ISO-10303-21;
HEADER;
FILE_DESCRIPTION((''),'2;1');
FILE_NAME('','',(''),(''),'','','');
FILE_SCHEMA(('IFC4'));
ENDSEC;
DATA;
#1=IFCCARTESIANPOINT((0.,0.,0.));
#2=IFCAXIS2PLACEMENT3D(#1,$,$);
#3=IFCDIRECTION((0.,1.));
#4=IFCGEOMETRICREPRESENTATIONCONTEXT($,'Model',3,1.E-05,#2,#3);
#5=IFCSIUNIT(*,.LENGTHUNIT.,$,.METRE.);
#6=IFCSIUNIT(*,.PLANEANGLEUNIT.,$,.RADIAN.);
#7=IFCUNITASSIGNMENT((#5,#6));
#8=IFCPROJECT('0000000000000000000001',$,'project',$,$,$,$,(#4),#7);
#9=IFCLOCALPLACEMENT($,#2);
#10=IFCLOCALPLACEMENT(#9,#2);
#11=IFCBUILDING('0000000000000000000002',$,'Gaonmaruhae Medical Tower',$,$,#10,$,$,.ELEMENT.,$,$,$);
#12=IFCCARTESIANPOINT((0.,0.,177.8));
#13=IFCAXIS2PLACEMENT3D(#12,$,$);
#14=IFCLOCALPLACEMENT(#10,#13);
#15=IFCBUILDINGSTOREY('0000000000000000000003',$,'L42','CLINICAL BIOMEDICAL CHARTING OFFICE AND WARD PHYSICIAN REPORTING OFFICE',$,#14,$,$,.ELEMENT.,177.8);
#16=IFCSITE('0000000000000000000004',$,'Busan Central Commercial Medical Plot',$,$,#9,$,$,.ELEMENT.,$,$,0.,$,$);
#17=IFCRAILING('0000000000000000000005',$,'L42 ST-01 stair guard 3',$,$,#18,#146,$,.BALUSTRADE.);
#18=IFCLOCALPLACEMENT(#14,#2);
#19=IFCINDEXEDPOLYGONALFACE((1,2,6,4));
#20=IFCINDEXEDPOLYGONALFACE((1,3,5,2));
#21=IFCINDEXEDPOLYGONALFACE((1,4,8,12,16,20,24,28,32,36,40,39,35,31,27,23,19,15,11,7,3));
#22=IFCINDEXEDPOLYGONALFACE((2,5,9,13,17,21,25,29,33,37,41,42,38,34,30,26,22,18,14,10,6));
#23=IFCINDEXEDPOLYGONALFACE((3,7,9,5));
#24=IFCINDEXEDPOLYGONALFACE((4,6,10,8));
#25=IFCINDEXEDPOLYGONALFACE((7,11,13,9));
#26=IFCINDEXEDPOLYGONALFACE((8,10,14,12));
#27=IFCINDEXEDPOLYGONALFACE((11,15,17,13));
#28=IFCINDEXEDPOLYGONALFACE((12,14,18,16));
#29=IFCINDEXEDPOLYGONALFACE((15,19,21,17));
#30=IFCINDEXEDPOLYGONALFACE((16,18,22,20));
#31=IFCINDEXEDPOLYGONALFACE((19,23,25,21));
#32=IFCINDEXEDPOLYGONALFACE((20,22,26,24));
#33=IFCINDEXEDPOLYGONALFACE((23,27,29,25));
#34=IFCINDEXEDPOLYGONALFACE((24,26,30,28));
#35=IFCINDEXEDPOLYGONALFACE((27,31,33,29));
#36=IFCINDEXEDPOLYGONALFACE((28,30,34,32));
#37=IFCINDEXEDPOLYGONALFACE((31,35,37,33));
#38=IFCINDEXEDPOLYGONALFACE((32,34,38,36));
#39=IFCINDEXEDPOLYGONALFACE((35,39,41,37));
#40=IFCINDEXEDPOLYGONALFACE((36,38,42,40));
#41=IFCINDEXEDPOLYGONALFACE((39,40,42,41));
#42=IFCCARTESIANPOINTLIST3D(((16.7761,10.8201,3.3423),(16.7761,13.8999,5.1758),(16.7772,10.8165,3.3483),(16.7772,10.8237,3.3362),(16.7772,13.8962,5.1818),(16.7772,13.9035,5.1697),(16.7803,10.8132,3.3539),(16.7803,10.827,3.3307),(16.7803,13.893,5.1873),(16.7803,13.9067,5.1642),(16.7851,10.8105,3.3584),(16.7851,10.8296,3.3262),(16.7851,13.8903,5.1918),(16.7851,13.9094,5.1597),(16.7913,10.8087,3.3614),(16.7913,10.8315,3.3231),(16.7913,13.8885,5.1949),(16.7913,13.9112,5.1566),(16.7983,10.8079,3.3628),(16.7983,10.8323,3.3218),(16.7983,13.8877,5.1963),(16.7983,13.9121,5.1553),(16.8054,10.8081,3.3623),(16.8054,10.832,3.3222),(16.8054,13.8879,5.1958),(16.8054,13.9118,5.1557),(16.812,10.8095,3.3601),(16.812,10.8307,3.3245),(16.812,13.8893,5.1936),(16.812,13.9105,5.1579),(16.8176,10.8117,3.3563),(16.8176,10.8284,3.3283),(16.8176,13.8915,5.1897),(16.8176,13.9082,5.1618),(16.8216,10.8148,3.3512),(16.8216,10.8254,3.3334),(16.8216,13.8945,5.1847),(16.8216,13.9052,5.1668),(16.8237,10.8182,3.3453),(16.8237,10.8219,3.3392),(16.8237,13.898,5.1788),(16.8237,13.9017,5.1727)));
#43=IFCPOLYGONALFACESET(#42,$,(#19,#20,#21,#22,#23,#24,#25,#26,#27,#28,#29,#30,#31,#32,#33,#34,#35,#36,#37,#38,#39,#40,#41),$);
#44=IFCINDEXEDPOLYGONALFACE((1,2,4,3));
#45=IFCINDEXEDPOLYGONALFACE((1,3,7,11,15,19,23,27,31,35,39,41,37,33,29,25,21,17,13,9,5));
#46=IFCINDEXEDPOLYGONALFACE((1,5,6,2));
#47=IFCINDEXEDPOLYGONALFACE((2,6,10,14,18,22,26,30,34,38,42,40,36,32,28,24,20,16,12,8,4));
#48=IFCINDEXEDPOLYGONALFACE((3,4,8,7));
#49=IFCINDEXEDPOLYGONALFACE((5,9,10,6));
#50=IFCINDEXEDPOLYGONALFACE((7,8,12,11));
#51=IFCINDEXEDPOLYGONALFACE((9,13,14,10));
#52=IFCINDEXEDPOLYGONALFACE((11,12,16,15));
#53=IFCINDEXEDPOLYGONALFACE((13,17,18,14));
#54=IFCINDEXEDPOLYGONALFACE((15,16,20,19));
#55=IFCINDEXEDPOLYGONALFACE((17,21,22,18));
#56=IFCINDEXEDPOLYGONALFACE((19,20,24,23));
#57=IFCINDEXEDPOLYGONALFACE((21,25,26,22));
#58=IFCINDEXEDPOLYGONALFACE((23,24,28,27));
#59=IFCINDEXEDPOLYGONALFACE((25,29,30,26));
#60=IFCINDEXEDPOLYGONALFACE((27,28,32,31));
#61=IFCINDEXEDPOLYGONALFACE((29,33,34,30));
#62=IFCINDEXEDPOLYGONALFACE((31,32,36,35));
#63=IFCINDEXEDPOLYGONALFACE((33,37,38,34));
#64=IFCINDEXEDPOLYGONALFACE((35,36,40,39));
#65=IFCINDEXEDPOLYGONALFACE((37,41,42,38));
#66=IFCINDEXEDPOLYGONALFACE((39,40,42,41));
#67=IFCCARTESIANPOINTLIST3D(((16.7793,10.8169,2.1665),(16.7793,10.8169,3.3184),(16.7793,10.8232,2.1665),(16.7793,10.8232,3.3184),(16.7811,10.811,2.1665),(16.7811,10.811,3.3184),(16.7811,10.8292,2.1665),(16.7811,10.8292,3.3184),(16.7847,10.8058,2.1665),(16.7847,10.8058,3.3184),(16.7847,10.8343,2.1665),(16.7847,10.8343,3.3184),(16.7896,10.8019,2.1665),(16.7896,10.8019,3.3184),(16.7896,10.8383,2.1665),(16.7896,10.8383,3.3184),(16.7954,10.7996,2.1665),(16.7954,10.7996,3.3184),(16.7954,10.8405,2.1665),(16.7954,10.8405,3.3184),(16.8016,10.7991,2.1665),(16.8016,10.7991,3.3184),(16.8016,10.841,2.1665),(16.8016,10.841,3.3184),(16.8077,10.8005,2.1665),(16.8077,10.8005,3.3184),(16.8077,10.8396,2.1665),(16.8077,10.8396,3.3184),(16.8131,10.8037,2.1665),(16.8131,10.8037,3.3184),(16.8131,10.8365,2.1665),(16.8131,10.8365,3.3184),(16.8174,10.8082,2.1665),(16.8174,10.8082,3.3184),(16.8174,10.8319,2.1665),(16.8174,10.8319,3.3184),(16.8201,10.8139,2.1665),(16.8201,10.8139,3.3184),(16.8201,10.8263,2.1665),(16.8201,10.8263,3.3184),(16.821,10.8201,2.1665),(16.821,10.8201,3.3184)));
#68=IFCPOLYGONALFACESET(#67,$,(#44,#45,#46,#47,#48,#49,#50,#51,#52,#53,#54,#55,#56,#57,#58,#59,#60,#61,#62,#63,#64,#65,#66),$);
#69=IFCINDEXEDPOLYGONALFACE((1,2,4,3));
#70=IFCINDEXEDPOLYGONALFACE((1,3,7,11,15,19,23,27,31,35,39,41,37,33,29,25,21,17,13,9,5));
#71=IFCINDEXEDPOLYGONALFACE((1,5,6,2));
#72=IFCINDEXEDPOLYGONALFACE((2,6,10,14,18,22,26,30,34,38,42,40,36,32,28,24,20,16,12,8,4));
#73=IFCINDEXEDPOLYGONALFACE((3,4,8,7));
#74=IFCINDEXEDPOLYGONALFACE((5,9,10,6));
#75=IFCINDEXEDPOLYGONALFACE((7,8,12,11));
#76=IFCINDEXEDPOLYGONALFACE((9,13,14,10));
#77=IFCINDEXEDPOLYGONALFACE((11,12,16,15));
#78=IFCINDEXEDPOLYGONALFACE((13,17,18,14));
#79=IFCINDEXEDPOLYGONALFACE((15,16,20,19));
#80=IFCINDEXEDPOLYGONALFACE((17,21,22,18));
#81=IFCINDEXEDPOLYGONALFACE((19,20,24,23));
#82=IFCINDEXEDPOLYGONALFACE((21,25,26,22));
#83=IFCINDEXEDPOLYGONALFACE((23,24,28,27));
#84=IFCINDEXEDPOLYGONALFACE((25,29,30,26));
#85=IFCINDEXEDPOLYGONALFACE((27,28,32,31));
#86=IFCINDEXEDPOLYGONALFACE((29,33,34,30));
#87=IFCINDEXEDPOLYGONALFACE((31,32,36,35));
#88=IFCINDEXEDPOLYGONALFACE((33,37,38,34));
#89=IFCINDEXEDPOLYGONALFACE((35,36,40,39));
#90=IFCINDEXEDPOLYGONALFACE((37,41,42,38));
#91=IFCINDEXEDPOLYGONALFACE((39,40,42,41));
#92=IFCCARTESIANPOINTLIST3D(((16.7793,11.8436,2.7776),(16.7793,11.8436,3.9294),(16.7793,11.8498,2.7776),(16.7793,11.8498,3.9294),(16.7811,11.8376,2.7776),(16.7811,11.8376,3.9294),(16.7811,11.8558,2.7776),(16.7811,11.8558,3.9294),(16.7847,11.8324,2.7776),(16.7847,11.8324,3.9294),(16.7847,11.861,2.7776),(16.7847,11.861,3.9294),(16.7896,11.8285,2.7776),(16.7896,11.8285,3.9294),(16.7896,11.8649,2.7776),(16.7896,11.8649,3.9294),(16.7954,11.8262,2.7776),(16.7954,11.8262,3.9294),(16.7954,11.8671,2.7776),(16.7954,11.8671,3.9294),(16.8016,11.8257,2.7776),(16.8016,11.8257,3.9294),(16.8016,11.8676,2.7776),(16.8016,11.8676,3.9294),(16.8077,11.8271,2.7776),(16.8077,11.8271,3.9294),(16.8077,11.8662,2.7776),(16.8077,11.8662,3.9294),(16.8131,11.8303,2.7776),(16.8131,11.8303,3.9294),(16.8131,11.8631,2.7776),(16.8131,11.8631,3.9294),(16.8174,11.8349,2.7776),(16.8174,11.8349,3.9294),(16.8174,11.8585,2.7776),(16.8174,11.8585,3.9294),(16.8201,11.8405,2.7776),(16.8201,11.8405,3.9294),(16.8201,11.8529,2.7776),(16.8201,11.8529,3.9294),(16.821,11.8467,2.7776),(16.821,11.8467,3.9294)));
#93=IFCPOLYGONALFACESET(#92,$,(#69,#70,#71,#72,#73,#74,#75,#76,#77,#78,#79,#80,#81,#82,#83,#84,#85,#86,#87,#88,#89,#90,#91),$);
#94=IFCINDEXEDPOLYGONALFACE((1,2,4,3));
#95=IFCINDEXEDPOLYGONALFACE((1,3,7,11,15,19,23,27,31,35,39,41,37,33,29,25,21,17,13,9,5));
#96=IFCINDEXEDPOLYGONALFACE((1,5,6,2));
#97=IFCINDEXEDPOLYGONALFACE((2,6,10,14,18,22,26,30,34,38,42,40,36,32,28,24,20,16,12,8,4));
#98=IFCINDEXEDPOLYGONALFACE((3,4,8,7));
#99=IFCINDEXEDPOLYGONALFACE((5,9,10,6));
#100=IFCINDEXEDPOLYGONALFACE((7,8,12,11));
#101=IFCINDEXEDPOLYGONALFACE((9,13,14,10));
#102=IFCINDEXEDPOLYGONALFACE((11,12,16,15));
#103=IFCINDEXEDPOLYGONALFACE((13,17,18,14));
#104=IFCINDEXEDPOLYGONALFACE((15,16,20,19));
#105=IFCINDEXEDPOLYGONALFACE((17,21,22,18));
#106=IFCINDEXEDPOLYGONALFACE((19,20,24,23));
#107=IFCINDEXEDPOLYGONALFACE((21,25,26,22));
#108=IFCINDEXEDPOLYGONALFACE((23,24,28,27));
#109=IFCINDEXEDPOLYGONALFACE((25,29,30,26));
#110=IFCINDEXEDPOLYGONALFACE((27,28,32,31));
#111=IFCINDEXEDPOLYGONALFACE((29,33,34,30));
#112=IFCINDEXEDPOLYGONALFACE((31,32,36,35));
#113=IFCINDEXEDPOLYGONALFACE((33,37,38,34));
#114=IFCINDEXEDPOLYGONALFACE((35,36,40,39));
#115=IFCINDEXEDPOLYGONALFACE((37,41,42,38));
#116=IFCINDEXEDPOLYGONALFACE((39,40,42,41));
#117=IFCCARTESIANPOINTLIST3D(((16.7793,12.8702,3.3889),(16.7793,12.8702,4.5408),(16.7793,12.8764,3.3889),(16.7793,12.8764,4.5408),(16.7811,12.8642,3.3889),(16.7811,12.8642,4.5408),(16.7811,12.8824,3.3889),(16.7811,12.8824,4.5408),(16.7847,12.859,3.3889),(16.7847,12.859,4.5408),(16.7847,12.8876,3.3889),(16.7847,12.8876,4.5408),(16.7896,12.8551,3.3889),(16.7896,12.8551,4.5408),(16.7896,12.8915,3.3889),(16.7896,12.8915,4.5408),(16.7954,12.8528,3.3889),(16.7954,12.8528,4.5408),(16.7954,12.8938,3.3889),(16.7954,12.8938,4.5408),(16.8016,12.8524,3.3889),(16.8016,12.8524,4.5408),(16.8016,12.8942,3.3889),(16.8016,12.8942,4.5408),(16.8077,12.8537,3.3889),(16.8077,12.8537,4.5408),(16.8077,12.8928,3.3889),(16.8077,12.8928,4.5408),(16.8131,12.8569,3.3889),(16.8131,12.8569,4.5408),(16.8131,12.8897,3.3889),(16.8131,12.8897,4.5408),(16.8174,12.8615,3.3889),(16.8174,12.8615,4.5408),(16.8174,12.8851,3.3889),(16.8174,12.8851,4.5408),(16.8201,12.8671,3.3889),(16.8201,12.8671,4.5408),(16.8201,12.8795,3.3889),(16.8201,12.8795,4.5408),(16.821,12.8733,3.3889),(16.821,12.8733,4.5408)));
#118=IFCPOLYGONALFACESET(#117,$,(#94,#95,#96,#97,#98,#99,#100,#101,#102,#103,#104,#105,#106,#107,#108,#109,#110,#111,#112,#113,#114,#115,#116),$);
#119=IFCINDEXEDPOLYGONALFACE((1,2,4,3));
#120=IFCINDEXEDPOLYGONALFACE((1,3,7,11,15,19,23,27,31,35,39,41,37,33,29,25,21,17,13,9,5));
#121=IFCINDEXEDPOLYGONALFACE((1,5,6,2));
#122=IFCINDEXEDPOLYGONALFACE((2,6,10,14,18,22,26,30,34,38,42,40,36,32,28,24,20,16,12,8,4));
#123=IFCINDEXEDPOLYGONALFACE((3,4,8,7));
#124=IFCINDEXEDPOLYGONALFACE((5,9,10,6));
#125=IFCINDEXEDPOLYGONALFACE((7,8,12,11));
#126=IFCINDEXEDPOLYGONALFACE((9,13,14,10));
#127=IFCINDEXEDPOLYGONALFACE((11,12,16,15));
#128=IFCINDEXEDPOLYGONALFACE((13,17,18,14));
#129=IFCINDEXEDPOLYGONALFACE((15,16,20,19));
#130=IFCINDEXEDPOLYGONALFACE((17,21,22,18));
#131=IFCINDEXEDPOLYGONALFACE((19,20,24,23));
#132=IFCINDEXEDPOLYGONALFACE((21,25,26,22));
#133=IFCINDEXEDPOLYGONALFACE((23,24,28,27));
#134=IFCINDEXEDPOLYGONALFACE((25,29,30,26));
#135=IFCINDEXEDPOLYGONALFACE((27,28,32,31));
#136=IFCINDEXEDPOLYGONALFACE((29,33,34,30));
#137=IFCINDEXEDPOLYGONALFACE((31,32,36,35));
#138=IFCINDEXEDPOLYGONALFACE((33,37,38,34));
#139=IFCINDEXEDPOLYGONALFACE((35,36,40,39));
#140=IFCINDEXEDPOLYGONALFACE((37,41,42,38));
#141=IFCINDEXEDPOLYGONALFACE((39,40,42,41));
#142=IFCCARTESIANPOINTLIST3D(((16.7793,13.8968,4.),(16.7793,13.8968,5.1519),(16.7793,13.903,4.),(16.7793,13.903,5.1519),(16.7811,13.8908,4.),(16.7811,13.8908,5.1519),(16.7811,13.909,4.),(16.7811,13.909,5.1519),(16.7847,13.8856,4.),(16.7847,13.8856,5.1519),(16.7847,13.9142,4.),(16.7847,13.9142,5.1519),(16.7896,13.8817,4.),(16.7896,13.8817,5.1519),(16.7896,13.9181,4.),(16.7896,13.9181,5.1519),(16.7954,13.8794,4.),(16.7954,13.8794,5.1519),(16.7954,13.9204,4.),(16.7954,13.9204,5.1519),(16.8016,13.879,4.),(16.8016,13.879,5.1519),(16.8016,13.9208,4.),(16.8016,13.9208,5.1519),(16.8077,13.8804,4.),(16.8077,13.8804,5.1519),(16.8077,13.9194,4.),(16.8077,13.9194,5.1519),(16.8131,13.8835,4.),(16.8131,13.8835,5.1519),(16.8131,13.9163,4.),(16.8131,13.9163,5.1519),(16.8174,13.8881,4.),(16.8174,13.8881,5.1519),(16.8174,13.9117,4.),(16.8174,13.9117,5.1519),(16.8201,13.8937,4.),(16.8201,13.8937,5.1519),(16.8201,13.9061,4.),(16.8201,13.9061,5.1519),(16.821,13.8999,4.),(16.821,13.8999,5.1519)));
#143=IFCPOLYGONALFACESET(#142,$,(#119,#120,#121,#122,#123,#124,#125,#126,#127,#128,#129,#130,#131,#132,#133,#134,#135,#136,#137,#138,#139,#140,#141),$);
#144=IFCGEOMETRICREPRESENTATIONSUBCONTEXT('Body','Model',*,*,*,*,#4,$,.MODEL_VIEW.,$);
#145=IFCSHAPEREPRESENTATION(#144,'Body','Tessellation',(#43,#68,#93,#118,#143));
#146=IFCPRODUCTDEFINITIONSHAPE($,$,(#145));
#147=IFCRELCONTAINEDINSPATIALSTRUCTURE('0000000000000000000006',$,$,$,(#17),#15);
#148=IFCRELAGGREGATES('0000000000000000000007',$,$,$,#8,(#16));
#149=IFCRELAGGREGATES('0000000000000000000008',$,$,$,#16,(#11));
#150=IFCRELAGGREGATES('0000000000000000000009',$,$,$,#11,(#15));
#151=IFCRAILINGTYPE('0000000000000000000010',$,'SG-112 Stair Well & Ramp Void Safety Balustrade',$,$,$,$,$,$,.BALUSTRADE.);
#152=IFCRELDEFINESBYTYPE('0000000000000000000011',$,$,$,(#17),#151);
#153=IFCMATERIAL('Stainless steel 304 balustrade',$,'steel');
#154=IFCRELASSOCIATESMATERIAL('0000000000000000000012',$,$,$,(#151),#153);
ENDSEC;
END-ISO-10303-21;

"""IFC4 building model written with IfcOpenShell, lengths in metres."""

from ifc_helpers import new_model, si_unit, direction, frame, origin, origin_2d, place, context, subcontext, project, spatial, circle, extrude, material, type_object, element, save


model = new_model("IFC4")

# Units and contexts
model_context = context("Model", 3, precision=1e-05, world=origin(), true_north=direction((0.0, 1.0)))
body_context = subcontext(model_context, "Body", "Model", "MODEL_VIEW")
ifc_project = project(units=[si_unit("LENGTHUNIT", "METRE"), si_unit("PLANEANGLEUNIT", "RADIAN")], contexts=[model_context])

# Site, building, storey
site_placement = place(None, origin())
site = spatial("IfcSite", under=ifc_project, at=site_placement, Name="Busan Central Commercial Medical Plot", CompositionType="ELEMENT", RefElevation=0.0)
building_placement = place(site_placement, origin())
building = spatial("IfcBuilding", under=site, at=building_placement, Name="Gaonmaruhae Medical Tower", CompositionType="ELEMENT")
storey_placement = place(building_placement, frame((0.0, 0.0, 177.8)))
storey = spatial("IfcBuildingStorey", under=building, at=storey_placement, Name="L42", Description="CLINICAL BIOMEDICAL CHARTING OFFICE AND WARD PHYSICIAN REPORTING OFFICE", CompositionType="ELEMENT", Elevation=177.8)

# Railing
ifc_material_1 = material(Name="Stainless steel 304 balustrade", Category="steel")
railing_type_1 = type_object("IfcRailingType", Name="SG-112 Stair Well & Ramp Void Safety Balustrade", PredefinedType="BALUSTRADE", material=ifc_material_1)
railing_1_placement = place(storey_placement, frame((16.8, 10.8201, 2.1665)))
element("IfcRailing", 1, at=railing_1_placement, inside=storey, type_object=railing_type_1, Name="L42 ST-01 stair guard 3", PredefinedType="BALUSTRADE", context=body_context, shape_type="SweptSolid", body=[
    extrude(circle(Radius=0.0239, at=origin_2d()), frame((0.0, 0.0, 1.1758), z_axis=(0.0, 0.859261, 0.511538), x_axis=(-1.0, 0.0, 0.0)), (0.0, 0.0, 1.0), 3.5842),
    extrude(circle(Radius=0.021, at=origin_2d()), origin(), (0.0, 0.0, 1.0), 1.1519),
    extrude(circle(Radius=0.021, at=origin_2d()), frame((0.0, 1.0266, 0.6111)), (0.0, 0.0, 1.0), 1.1519),
    extrude(circle(Radius=0.021, at=origin_2d()), frame((0.0, 2.0532, 1.2224)), (0.0, 0.0, 1.0), 1.1519),
    extrude(circle(Radius=0.021, at=origin_2d()), frame((0.0, 3.0798, 1.8335)), (0.0, 0.0, 1.0), 1.1519),
])

save(model, "model.ifc")
